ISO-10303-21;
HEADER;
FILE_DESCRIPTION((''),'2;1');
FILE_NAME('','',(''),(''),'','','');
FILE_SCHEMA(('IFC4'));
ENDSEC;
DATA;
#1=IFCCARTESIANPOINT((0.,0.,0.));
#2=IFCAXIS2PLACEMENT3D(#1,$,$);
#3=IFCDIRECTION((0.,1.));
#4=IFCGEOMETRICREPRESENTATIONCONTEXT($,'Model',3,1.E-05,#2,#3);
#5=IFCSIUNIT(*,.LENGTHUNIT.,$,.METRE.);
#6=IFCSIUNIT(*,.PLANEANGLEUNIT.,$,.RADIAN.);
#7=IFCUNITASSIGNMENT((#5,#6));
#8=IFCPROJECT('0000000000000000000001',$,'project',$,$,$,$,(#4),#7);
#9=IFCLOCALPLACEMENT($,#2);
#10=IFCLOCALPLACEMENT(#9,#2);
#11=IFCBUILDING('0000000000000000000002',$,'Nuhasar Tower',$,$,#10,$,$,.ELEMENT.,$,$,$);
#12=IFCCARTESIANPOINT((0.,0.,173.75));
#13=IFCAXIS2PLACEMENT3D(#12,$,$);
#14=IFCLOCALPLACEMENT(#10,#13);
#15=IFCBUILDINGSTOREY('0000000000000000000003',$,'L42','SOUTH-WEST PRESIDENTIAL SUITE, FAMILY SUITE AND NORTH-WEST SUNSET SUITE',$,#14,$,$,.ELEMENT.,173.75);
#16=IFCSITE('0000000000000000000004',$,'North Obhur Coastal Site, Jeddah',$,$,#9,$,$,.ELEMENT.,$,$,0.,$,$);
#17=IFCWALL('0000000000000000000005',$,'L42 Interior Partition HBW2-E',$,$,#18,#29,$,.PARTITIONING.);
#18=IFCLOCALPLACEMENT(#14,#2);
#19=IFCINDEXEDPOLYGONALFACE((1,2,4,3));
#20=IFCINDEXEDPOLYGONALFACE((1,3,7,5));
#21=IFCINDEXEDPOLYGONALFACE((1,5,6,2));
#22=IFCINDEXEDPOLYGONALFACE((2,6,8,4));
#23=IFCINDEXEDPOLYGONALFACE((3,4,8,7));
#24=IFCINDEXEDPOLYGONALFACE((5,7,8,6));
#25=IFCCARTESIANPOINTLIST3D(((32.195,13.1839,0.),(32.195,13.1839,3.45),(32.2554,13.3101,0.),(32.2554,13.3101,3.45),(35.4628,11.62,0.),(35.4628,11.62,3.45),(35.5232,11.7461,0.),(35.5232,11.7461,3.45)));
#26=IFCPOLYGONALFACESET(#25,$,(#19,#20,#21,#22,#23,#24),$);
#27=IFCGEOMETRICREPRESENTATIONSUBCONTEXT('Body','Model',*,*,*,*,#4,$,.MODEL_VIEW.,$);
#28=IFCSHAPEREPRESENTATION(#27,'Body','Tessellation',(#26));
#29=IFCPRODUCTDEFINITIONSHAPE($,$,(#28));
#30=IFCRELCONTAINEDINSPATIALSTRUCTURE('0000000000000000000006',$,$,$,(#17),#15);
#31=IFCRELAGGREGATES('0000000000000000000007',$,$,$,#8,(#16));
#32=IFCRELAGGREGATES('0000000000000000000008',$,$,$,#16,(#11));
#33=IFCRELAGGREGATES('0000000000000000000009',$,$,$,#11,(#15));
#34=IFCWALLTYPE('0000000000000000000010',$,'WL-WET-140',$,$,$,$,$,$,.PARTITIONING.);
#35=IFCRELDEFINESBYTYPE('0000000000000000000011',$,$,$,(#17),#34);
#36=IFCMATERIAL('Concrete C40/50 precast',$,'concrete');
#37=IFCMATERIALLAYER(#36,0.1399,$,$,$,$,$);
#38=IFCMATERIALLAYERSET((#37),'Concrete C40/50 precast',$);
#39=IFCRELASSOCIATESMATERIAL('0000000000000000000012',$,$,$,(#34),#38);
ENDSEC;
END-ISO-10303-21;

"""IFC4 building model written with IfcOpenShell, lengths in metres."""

from ifc_helpers import new_model, si_unit, direction, frame, frame_2d, origin, place, context, subcontext, project, spatial, rectangle, extrude, material, layer, layer_set, type_object, element, save


model = new_model("IFC4")

# Units and contexts
model_context = context("Model", 3, precision=1e-05, world=origin(), true_north=direction((0.0, 1.0)))
body_context = subcontext(model_context, "Body", "Model", "MODEL_VIEW")
ifc_project = project(units=[si_unit("LENGTHUNIT", "METRE"), si_unit("PLANEANGLEUNIT", "RADIAN")], contexts=[model_context])

# Site, building, storey
site_placement = place(None, origin())
site = spatial("IfcSite", under=ifc_project, at=site_placement, Name="North Obhur Coastal Site, Jeddah", CompositionType="ELEMENT", RefElevation=0.0)
building_placement = place(site_placement, origin())
building = spatial("IfcBuilding", under=site, at=building_placement, Name="Nuhasar Tower", CompositionType="ELEMENT")
storey_placement = place(building_placement, frame((0.0, 0.0, 173.75)))
storey = spatial("IfcBuildingStorey", under=building, at=storey_placement, Name="L42", Description="SOUTH-WEST PRESIDENTIAL SUITE, FAMILY SUITE AND NORTH-WEST SUNSET SUITE", CompositionType="ELEMENT", Elevation=173.75)

# Shared definitions
ifc_material_1 = material(Name="Concrete C40/50 precast", Category="concrete")
ifc_layer_1 = layer(ifc_material_1, 0.1399)
ifc_layer_set_1 = layer_set([ifc_layer_1], Name="Concrete C40/50 precast")
wall_type_1 = type_object("IfcWallType", Name="WL-WET-140", PredefinedType="PARTITIONING", material=ifc_layer_set_1)

# Wall
wall_1_placement = place(storey_placement, frame((32.2251, 13.2471, 0.0), z_axis=(0.0, 0.0, 1.0), x_axis=(0.902017, -0.431701, 0.0)))
element("IfcWall", 1, at=wall_1_placement, inside=storey, type_object=wall_type_1, Name="L42 Interior Partition HBW2-E", PredefinedType="PARTITIONING", context=body_context, shape_type="SweptSolid", body=[
    extrude(rectangle(XDim=3.6228, YDim=0.1399, at=frame_2d((1.8115, 0.0))), origin(), (0.0, 0.0, 1.0), 3.45),
])

save(model, "model.ifc")
